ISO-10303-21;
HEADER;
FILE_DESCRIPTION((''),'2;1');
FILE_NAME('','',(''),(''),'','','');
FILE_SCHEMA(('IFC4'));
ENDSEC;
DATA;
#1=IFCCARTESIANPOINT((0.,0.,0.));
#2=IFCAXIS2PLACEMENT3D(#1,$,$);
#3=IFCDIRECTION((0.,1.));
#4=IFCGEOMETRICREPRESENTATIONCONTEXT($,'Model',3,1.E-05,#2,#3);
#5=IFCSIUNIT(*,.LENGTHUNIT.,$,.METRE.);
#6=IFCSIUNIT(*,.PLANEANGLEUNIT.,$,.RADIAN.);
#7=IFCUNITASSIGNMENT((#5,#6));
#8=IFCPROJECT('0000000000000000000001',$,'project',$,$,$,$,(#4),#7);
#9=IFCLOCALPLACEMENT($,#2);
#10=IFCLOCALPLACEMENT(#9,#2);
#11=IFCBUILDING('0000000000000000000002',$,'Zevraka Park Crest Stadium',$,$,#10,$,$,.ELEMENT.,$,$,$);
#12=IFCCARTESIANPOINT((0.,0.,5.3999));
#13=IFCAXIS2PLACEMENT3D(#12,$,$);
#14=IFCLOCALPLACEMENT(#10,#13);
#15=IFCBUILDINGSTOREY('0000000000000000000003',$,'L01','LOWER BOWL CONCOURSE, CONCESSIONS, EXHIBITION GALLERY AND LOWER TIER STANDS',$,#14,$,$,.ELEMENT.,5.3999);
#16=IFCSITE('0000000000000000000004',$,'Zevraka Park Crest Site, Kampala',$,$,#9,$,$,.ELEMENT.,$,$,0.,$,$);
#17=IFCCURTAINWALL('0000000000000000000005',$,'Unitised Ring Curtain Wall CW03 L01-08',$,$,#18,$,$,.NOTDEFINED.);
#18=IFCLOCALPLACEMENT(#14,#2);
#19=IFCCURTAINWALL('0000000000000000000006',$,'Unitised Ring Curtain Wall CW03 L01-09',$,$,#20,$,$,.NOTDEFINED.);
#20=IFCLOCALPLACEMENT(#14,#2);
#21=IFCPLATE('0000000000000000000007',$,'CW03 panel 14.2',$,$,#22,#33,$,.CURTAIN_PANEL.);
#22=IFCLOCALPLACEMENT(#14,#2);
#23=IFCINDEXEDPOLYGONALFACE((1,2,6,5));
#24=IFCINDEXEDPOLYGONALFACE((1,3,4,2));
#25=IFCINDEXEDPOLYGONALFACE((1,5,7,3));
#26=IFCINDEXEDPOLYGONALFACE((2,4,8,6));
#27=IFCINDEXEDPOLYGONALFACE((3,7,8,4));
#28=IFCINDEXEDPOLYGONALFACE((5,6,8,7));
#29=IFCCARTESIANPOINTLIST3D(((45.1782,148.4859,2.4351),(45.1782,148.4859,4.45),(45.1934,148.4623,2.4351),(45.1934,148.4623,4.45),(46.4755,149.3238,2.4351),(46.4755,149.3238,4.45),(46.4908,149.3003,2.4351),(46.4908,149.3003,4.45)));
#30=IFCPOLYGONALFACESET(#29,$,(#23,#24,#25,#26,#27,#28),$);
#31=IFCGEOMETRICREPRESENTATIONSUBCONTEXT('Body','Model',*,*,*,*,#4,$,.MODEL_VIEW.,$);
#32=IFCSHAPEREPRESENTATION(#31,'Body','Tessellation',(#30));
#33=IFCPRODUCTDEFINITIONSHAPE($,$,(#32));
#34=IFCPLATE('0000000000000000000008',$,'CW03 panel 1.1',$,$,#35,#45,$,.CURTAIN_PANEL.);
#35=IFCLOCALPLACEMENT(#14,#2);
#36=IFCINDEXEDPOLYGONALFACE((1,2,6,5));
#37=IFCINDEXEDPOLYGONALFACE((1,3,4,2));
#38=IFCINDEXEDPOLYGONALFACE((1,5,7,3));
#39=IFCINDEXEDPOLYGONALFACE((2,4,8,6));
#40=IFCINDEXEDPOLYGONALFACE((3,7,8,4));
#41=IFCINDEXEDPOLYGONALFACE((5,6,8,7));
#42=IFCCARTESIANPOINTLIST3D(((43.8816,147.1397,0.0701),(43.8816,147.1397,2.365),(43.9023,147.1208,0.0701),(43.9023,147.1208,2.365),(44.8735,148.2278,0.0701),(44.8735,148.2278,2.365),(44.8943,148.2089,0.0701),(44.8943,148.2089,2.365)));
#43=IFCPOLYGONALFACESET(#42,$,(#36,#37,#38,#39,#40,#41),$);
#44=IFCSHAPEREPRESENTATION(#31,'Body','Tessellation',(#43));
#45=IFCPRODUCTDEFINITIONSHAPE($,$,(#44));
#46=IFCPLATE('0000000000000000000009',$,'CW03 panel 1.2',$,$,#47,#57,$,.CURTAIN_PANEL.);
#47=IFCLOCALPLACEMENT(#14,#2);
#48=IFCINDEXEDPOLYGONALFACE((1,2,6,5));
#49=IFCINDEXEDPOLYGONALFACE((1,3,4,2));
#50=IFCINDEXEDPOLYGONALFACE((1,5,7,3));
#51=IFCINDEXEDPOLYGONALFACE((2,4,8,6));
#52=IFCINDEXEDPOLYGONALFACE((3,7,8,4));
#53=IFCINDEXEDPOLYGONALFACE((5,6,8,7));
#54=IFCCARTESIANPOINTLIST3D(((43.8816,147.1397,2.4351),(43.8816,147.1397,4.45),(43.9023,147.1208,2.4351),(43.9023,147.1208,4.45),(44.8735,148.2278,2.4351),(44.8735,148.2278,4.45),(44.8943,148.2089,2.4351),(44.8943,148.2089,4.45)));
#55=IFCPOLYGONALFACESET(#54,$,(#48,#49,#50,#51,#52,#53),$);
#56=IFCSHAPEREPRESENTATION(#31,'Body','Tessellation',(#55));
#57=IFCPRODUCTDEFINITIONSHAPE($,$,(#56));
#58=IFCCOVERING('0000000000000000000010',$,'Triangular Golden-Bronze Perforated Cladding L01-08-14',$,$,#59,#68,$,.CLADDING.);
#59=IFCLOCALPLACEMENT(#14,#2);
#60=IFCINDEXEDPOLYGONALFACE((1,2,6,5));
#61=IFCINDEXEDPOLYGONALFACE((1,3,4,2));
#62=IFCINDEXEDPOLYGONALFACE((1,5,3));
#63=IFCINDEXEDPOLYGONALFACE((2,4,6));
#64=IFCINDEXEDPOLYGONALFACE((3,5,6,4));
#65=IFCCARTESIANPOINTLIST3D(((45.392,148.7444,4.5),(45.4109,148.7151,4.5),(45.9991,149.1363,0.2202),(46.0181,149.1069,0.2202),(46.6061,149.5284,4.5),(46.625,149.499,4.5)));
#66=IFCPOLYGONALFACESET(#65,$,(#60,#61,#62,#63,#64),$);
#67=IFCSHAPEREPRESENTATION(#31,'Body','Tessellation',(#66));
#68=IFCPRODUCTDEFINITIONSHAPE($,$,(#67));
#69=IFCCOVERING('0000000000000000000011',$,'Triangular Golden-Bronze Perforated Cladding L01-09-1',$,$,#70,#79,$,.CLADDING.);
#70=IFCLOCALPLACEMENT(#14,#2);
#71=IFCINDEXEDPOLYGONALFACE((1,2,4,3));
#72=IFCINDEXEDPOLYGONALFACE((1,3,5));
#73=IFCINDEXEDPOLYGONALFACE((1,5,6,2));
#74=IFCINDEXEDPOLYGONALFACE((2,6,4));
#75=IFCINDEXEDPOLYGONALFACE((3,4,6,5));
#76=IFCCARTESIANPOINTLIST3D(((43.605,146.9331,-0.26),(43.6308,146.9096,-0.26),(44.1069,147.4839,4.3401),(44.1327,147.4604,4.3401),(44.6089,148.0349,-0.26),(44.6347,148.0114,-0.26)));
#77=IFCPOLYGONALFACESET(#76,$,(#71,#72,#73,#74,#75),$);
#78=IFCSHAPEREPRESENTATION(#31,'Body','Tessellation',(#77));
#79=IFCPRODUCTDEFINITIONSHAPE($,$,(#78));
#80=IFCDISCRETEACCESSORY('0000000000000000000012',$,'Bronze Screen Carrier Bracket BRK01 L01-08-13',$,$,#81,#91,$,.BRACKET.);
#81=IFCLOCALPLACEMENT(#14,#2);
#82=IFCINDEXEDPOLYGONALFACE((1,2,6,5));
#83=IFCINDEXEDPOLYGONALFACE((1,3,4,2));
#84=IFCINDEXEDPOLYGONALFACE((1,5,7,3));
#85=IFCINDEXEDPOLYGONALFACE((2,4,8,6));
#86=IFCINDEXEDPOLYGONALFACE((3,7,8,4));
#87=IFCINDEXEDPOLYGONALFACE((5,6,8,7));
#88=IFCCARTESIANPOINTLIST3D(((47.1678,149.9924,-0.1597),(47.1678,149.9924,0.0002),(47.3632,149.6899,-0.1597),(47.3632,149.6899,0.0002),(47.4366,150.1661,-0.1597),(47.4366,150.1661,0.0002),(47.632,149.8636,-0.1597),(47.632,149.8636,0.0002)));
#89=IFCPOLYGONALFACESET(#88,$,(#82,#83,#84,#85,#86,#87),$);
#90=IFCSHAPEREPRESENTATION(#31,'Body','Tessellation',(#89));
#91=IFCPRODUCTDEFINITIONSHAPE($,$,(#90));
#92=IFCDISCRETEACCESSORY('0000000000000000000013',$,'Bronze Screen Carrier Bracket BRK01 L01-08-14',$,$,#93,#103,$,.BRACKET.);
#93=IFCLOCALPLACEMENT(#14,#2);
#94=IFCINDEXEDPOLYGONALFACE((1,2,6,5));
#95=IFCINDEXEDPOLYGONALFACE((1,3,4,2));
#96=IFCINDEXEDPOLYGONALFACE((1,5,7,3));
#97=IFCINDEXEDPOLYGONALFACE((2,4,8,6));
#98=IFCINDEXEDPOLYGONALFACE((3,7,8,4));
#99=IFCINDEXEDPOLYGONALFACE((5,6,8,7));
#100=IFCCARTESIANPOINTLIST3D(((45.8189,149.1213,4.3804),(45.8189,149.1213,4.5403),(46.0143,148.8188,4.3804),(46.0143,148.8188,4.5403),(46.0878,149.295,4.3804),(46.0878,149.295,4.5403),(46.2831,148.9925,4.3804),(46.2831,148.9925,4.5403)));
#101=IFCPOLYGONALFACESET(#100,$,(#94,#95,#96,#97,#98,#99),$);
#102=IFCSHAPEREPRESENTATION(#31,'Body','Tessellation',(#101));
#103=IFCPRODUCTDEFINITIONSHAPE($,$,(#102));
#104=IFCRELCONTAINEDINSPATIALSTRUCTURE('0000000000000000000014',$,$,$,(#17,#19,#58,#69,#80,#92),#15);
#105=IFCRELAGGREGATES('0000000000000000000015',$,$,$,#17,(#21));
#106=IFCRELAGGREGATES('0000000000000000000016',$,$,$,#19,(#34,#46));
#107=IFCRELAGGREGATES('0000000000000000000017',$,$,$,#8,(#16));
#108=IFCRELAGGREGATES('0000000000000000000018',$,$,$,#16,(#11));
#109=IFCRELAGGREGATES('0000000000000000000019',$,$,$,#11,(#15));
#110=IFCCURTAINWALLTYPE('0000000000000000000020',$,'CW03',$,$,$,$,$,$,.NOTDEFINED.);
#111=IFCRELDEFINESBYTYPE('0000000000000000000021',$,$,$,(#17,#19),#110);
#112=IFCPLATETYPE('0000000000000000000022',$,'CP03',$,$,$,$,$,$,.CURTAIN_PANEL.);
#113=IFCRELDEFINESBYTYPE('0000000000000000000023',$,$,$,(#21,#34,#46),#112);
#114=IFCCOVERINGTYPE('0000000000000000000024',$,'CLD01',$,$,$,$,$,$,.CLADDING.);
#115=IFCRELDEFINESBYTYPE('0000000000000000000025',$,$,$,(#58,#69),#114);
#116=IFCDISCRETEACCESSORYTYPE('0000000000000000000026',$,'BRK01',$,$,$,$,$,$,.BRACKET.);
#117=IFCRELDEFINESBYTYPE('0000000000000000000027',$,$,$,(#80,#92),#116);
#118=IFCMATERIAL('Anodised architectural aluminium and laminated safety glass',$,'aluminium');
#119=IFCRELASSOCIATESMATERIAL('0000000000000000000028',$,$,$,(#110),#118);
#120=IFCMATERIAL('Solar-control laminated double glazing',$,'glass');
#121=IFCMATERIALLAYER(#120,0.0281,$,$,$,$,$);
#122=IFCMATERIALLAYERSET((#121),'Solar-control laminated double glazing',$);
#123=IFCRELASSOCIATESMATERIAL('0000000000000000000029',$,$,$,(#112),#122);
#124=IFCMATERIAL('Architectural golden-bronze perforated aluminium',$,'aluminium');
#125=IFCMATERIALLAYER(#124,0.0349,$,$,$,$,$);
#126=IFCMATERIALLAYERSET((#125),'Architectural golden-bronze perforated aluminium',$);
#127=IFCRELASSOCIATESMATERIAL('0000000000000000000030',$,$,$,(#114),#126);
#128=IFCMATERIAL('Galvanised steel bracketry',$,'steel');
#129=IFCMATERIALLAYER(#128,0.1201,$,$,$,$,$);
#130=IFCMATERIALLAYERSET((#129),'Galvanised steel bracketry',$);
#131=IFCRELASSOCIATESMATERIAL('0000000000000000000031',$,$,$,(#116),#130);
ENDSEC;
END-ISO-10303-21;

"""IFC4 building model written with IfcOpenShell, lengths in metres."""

from ifc_helpers import new_model, si_unit, direction, frame, origin, origin_2d, place, context, subcontext, project, spatial, polyline, rectangle, outline, extrude, material, layer, layer_set, type_object, element, aggregate, save


model = new_model("IFC4")

# Units and contexts
model_context = context("Model", 3, precision=1e-05, world=origin(), true_north=direction((0.0, 1.0)))
body_context = subcontext(model_context, "Body", "Model", "MODEL_VIEW")
ifc_project = project(units=[si_unit("LENGTHUNIT", "METRE"), si_unit("PLANEANGLEUNIT", "RADIAN")], contexts=[model_context])

# Site, building, storey
site_placement = place(None, origin())
site = spatial("IfcSite", under=ifc_project, at=site_placement, Name="Zevraka Park Crest Site, Kampala", CompositionType="ELEMENT", RefElevation=0.0)
building_placement = place(site_placement, origin())
building = spatial("IfcBuilding", under=site, at=building_placement, Name="Zevraka Park Crest Stadium", CompositionType="ELEMENT")
storey_placement = place(building_placement, frame((0.0, 0.0, 5.3999)))
storey = spatial("IfcBuildingStorey", under=building, at=storey_placement, Name="L01", Description="LOWER BOWL CONCOURSE, CONCESSIONS, EXHIBITION GALLERY AND LOWER TIER STANDS", CompositionType="ELEMENT", Elevation=5.3999)

# Curtain wall
ifc_material_1 = material(Name="Anodised architectural aluminium and laminated safety glass", Category="aluminium")
curtain_wall_type = type_object("IfcCurtainWallType", Name="CW03", PredefinedType="NOTDEFINED", material=ifc_material_1)
curtain_wall_1_placement = place(storey_placement, origin())
curtain_wall_1 = element("IfcCurtainWall", 1, at=curtain_wall_1_placement, inside=storey, type_object=curtain_wall_type, Name="Unitised Ring Curtain Wall CW03 L01-08", PredefinedType="NOTDEFINED")

# Curtain wall
curtain_wall_2_placement = place(storey_placement, origin())
curtain_wall_2 = element("IfcCurtainWall", 2, at=curtain_wall_2_placement, inside=storey, type_object=curtain_wall_type, Name="Unitised Ring Curtain Wall CW03 L01-09", PredefinedType="NOTDEFINED")

# Plates
ifc_material_2 = material(Name="Solar-control laminated double glazing", Category="glass")
ifc_layer_1 = layer(ifc_material_2, 0.0281)
ifc_layer_set_1 = layer_set([ifc_layer_1], Name="Solar-control laminated double glazing")
plate_type = type_object("IfcPlateType", Name="CP03", PredefinedType="CURTAIN_PANEL", material=ifc_layer_set_1)
plate_1_placement = place(storey_placement, frame((45.8345, 148.8931, 2.4351), z_axis=(0.0, 0.0, 1.0), x_axis=(-0.84001, -0.542571, 0.0)))
plate_1 = element("IfcPlate", 3, at=plate_1_placement, type_object=plate_type, Name="CW03 panel 14.2", PredefinedType="CURTAIN_PANEL", context=body_context, shape_type="SweptSolid", body=[
    extrude(rectangle(XDim=1.5444, YDim=0.0281, at=origin_2d()), origin(), (0.0, 0.0, 1.0), 2.0149),
])
aggregate(curtain_wall_1, [plate_1])
plate_2_placement = place(storey_placement, frame((44.3879, 147.6743, 0.0701), z_axis=(0.0, 0.0, 1.0), x_axis=(-0.67368, -0.739023, 0.0)))
plate_2 = element("IfcPlate", 4, at=plate_2_placement, type_object=plate_type, Name="CW03 panel 1.1", PredefinedType="CURTAIN_PANEL", context=body_context, shape_type="SweptSolid", body=[
    extrude(rectangle(XDim=1.4724, YDim=0.0281, at=origin_2d()), origin(), (0.0, 0.0, 1.0), 2.2949),
])
plate_3_placement = place(storey_placement, frame((44.3879, 147.6743, 2.4351), z_axis=(0.0, 0.0, 1.0), x_axis=(-0.67368, -0.739023, 0.0)))
plate_3 = element("IfcPlate", 5, at=plate_3_placement, type_object=plate_type, Name="CW03 panel 1.2", PredefinedType="CURTAIN_PANEL", context=body_context, shape_type="SweptSolid", body=[
    extrude(rectangle(XDim=1.4724, YDim=0.0281, at=origin_2d()), origin(), (0.0, 0.0, 1.0), 2.0149),
])
aggregate(curtain_wall_2, [plate_2, plate_3])

# Coverings
ifc_material_3 = material(Name="Architectural golden-bronze perforated aluminium", Category="aluminium")
ifc_layer_2 = layer(ifc_material_3, 0.0349)
ifc_layer_set_2 = layer_set([ifc_layer_2], Name="Architectural golden-bronze perforated aluminium")
covering_type = type_object("IfcCoveringType", Name="CLD01", PredefinedType="CLADDING", material=ifc_layer_set_2)
covering_1_placement = place(storey_placement, frame((45.4109, 148.7151, 4.5), z_axis=(0.542439, -0.840096, 0.000039), x_axis=(0.840096, 0.542439, 0.0)))
element("IfcCovering", 6, at=covering_1_placement, inside=storey, type_object=covering_type, Name="Triangular Golden-Bronze Perforated Cladding L01-08-14", PredefinedType="CLADDING", context=body_context, shape_type="SweptSolid", body=[
    extrude(outline(polyline([(0.0, 0.0), (1.4452, 0.0), (0.7226, -4.2798), (0.0, 0.0)])), origin(), (0.0, 0.0, -1.0), 0.0349),
])
covering_2_placement = place(storey_placement, frame((44.6089, 148.0349, -0.26), z_axis=(-0.739184, 0.673504, 0.000018), x_axis=(-0.673504, -0.739184, 0.0)))
element("IfcCovering", 7, at=covering_2_placement, inside=storey, type_object=covering_type, Name="Triangular Golden-Bronze Perforated Cladding L01-09-1", PredefinedType="CLADDING", context=body_context, shape_type="SweptSolid", body=[
    extrude(outline(polyline([(0.0, 0.0), (1.4906, 0.0), (0.7454, 4.6001), (0.0, 0.0)])), origin(), (0.0, 0.0, -1.0), 0.0349),
])

# Discrete accessories
ifc_material_4 = material(Name="Galvanised steel bracketry", Category="steel")
ifc_layer_3 = layer(ifc_material_4, 0.1201)
ifc_layer_set_3 = layer_set([ifc_layer_3], Name="Galvanised steel bracketry")
discrete_accessory_type = type_object("IfcDiscreteAccessoryType", Name="BRK01", PredefinedType="BRACKET", material=ifc_layer_set_3)
for number, where, z_axis, x_axis, name in (
    (8, (47.3999, 149.928, -0.1597), (0.0, 0.0, 1.0), (-0.839999, -0.542588, 0.0), "Bronze Screen Carrier Bracket BRK01 L01-08-13"),
    (9, (46.051, 149.0569, 4.3804), (0.0, 0.0, 1.0), (-0.839999, -0.542588, 0.0), "Bronze Screen Carrier Bracket BRK01 L01-08-14"),
):
    element("IfcDiscreteAccessory", number, at=place(storey_placement, frame(where, z_axis=z_axis, x_axis=x_axis)), inside=storey, type_object=discrete_accessory_type, Name=name, PredefinedType="BRACKET", context=body_context, shape_type="SweptSolid", body=[
        extrude(rectangle(XDim=0.3201, YDim=0.3601, at=origin_2d()), origin(), (0.0, 0.0, 1.0), 0.1599),
    ])

save(model, "model.ifc")
